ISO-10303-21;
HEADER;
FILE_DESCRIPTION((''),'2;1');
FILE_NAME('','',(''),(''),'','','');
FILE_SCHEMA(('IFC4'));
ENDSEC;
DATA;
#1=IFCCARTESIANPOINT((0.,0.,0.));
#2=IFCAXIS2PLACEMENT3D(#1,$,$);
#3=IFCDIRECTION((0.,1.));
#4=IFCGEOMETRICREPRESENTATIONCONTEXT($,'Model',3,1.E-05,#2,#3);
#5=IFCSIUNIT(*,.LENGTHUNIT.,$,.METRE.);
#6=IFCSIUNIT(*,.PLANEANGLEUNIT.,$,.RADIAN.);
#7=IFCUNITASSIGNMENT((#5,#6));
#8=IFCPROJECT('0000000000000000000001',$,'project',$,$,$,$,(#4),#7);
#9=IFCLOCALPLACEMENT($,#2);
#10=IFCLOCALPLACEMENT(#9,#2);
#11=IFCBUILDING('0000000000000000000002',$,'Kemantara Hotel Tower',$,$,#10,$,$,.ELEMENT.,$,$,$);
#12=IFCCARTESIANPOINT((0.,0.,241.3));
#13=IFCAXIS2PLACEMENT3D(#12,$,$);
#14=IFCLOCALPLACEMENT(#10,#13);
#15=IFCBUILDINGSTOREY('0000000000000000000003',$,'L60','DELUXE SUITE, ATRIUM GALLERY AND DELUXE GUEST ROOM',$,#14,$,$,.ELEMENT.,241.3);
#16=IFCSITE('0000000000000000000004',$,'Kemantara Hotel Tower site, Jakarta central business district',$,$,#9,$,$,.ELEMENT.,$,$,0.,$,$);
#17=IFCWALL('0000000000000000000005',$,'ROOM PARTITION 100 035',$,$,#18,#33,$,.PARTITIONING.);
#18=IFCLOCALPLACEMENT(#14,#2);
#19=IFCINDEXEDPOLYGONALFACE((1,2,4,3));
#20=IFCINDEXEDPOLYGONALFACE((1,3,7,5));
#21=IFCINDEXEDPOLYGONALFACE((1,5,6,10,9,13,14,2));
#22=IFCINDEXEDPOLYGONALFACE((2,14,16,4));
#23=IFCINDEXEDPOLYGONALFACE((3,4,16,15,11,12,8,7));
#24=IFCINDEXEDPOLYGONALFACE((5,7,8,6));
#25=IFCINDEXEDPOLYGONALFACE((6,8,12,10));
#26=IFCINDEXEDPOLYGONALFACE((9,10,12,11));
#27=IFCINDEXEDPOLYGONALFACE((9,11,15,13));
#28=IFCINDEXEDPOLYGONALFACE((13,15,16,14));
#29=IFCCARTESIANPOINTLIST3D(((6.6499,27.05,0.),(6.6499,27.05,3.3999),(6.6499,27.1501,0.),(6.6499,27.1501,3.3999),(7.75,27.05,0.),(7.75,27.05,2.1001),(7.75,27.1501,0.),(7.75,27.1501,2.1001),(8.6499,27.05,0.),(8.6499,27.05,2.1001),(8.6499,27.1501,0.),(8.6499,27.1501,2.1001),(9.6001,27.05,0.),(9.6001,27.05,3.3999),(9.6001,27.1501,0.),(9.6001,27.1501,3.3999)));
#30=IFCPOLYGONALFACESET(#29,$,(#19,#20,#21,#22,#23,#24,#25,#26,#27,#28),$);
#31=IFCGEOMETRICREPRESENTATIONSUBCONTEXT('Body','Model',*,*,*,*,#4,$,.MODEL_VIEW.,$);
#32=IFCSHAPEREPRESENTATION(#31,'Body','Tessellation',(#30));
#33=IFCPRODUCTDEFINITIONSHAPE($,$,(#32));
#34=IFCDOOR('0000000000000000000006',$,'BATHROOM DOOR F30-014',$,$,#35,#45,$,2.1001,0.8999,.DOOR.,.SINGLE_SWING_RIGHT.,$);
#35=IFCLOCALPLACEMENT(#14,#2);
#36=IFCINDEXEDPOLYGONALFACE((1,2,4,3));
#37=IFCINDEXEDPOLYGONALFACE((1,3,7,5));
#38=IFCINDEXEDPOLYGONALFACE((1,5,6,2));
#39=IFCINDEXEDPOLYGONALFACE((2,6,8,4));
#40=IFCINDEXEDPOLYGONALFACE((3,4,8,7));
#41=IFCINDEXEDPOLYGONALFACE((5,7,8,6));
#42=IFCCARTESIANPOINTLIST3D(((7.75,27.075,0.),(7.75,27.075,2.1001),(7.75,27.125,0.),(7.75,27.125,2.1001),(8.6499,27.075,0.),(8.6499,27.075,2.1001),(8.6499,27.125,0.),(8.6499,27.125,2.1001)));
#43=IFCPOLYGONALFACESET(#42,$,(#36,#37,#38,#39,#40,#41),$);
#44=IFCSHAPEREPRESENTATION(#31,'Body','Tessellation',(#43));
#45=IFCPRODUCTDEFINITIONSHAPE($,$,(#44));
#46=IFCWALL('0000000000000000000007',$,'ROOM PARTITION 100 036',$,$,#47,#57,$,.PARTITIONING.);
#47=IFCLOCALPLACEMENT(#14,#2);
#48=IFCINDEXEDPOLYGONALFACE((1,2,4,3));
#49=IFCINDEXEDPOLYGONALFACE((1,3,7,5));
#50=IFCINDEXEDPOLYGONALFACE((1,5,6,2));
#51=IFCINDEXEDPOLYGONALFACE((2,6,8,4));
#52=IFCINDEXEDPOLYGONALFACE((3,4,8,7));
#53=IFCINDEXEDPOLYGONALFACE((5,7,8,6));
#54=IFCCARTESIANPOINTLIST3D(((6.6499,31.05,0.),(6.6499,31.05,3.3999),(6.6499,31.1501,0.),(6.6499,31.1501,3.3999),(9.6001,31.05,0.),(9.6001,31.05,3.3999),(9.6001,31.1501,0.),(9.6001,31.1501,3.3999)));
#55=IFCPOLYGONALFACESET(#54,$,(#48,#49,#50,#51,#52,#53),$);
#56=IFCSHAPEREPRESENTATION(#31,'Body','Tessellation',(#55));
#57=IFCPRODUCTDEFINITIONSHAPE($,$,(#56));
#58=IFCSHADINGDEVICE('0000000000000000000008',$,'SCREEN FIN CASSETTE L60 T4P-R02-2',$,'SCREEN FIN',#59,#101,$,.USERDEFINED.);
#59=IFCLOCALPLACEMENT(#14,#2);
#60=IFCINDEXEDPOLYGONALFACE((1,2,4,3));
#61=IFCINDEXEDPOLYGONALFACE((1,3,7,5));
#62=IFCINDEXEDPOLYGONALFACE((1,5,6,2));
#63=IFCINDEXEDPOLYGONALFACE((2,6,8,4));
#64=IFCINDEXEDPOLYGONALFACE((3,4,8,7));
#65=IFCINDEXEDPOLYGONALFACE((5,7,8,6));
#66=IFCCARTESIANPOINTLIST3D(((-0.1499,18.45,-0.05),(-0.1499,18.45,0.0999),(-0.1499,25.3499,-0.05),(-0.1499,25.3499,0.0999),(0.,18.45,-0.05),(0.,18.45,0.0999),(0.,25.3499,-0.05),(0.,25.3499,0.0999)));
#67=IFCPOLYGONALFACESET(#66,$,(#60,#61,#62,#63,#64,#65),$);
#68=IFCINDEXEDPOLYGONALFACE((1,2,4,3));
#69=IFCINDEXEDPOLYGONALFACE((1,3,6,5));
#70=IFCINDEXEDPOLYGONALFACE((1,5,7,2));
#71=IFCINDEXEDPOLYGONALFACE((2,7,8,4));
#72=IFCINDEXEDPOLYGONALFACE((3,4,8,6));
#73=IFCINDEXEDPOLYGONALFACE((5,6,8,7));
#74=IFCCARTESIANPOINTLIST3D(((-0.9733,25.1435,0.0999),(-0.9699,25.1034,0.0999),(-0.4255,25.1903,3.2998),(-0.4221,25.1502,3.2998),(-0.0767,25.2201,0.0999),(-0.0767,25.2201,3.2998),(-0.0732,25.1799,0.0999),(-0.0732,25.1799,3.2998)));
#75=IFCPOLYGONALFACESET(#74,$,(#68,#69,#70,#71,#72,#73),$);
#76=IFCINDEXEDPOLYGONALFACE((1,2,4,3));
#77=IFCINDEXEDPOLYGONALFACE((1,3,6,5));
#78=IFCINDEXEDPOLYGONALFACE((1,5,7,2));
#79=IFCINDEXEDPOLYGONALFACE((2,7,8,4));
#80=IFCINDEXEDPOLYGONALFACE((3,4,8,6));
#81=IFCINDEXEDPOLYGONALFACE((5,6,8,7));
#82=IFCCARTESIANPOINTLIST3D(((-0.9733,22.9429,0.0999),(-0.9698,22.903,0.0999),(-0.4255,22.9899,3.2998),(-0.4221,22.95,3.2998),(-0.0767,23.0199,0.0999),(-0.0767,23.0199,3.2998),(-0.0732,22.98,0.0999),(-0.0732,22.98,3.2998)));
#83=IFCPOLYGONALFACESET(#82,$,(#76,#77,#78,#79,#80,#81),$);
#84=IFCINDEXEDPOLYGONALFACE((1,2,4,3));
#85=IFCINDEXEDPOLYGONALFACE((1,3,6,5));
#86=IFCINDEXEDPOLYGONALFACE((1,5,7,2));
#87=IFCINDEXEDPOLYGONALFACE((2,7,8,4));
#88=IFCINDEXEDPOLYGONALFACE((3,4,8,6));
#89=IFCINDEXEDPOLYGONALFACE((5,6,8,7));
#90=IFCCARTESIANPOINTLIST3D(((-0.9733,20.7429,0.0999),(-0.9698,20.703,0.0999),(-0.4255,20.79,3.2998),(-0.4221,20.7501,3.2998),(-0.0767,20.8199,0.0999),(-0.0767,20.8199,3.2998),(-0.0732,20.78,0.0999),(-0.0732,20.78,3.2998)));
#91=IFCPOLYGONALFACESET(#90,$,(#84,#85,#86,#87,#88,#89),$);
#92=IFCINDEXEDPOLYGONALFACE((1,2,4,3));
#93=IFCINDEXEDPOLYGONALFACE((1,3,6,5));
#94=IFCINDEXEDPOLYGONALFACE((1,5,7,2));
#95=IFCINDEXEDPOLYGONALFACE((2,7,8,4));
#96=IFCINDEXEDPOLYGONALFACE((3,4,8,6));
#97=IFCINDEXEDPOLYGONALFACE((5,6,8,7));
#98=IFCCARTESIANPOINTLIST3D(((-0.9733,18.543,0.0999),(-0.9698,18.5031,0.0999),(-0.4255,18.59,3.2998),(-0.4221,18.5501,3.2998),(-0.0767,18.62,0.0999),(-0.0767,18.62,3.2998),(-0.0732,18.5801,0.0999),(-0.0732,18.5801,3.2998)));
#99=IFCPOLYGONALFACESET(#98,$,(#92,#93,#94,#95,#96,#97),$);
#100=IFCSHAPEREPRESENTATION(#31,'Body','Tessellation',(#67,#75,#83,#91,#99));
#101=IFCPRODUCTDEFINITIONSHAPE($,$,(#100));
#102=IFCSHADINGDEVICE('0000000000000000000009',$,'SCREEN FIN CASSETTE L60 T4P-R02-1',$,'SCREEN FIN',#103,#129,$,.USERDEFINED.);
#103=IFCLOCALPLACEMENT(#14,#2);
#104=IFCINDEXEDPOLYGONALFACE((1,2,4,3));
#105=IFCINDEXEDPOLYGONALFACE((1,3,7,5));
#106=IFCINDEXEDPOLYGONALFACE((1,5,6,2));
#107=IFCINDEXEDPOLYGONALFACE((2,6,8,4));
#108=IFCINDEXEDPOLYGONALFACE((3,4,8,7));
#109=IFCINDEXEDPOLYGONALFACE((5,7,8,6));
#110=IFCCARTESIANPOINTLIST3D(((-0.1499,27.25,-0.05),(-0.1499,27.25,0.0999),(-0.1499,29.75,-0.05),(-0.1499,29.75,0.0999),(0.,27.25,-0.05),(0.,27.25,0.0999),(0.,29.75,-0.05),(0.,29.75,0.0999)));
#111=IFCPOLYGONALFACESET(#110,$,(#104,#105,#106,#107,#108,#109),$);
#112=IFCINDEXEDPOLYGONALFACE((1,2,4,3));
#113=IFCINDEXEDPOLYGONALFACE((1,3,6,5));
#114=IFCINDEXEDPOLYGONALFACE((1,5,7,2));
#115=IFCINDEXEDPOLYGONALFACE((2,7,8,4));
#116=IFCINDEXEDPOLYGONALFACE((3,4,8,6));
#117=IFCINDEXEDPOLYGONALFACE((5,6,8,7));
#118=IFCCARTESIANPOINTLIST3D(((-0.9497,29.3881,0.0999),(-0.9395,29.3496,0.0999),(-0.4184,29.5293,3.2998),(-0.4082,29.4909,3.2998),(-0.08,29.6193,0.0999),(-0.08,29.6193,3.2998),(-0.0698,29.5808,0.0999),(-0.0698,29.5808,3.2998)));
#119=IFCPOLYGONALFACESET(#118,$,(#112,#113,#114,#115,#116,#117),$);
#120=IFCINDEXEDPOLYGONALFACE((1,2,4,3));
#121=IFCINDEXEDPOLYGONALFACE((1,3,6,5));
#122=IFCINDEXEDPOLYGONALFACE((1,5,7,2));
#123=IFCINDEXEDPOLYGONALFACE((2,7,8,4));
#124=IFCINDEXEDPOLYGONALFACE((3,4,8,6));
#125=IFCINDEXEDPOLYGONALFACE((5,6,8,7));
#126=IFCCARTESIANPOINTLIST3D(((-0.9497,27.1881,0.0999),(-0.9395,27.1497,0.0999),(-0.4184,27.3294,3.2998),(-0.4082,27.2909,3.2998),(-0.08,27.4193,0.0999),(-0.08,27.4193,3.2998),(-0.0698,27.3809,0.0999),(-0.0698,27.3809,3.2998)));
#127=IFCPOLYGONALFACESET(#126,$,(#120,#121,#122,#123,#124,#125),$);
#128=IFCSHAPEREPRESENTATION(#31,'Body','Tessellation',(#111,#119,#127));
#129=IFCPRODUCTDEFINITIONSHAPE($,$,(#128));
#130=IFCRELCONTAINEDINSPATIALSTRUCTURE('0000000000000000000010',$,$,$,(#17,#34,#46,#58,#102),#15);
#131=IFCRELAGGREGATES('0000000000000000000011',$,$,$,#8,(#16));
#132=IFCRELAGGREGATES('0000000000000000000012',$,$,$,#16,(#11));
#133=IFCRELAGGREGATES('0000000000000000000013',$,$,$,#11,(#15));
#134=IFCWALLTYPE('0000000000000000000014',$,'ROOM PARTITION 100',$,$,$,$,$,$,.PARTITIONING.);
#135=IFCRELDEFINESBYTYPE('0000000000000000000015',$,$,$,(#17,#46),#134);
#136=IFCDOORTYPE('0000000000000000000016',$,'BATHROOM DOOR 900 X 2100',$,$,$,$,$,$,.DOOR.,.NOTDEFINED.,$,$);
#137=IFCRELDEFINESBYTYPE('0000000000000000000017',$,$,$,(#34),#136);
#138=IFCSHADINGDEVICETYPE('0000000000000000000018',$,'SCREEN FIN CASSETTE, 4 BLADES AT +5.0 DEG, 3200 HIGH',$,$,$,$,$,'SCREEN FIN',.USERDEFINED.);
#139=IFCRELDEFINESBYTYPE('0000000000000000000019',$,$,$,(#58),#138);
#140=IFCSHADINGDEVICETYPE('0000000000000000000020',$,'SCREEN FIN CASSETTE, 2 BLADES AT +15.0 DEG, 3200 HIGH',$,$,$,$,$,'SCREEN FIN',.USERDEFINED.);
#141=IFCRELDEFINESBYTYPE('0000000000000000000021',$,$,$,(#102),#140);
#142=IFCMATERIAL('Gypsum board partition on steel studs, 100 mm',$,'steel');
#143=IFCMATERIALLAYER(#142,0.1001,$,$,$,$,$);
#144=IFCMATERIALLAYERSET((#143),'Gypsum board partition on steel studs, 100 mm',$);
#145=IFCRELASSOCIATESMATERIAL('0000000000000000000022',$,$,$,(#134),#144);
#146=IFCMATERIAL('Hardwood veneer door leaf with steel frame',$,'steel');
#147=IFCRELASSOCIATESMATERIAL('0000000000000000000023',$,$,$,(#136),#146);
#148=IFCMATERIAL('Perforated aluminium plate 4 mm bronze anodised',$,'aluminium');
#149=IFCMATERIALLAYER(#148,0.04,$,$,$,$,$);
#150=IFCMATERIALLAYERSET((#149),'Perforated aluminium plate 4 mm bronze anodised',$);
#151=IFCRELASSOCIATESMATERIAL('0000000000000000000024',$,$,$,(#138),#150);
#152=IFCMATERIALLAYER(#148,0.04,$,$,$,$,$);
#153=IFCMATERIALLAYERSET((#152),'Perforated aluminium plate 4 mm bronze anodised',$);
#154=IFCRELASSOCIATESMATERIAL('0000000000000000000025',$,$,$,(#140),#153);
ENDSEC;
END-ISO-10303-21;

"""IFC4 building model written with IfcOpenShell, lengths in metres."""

from ifc_helpers import new_model, si_unit, direction, frame, frame_2d, origin, origin_2d, place, context, subcontext, project, spatial, polyline, rectangle, outline, extrude, source, transform, mapped, material, layer, layer_set, type_object, element, fill, save


model = new_model("IFC4")

# Units and contexts
model_context = context("Model", 3, precision=1e-05, world=origin(), true_north=direction((0.0, 1.0)))
body_context = subcontext(model_context, "Body", "Model", "MODEL_VIEW")
ifc_project = project(units=[si_unit("LENGTHUNIT", "METRE"), si_unit("PLANEANGLEUNIT", "RADIAN")], contexts=[model_context])

# Site, building, storey
site_placement = place(None, origin())
site = spatial("IfcSite", under=ifc_project, at=site_placement, Name="Kemantara Hotel Tower site, Jakarta central business district", CompositionType="ELEMENT", RefElevation=0.0)
building_placement = place(site_placement, origin())
building = spatial("IfcBuilding", under=site, at=building_placement, Name="Kemantara Hotel Tower", CompositionType="ELEMENT")
storey_placement = place(building_placement, frame((0.0, 0.0, 241.3)))
storey = spatial("IfcBuildingStorey", under=building, at=storey_placement, Name="L60", Description="DELUXE SUITE, ATRIUM GALLERY AND DELUXE GUEST ROOM", CompositionType="ELEMENT", Elevation=241.3)

# Shared definitions
ifc_material_1 = material(Name="Hardwood veneer door leaf with steel frame", Category="steel")

# Shared definitions
ifc_material_2 = material(Name="Gypsum board partition on steel studs, 100 mm", Category="steel")
ifc_layer_1 = layer(ifc_material_2, 0.1001)
ifc_layer_set_1 = layer_set([ifc_layer_1], Name="Gypsum board partition on steel studs, 100 mm")
wall_type_1 = type_object("IfcWallType", Name="ROOM PARTITION 100", PredefinedType="PARTITIONING", material=ifc_layer_set_1)

# Wall, opening, door
wall_1_placement = place(storey_placement, frame((6.6499, 27.1001, 0.0), z_axis=(0.0, 0.0, 1.0), x_axis=(1.0, 0.0, 0.0)))
wall_1 = element("IfcWall", 1, at=wall_1_placement, inside=storey, type_object=wall_type_1, Name="ROOM PARTITION 100 035", PredefinedType="PARTITIONING", context=body_context, shape_type="SweptSolid", body=[
    extrude(rectangle(XDim=2.9502, YDim=0.1001, at=frame_2d((1.4751, 0.0))), origin(), (0.0, 0.0, 1.0), 3.3999),
])
opening_1_placement = place(wall_1_placement, frame((1.1001, 0.0, 0.0)))
opening_1 = element("IfcOpeningElement", 2, at=opening_1_placement, cuts=wall_1, PredefinedType="OPENING", context=body_context, shape_type="SweptSolid", body=[
    extrude(rectangle(XDim=0.8999, YDim=2.1001, at=frame_2d((0.45, 1.05))), frame((0.0, 0.0601, 0.0), z_axis=(0.0, -1.0, 0.0), x_axis=(1.0, 0.0, 0.0)), (0.0, 0.0, 1.0), 0.1201),
])
door_type_1 = type_object("IfcDoorType", Name="BATHROOM DOOR 900 X 2100", OperationType="NOTDEFINED", PredefinedType="DOOR", material=ifc_material_1)
door_1_placement = place(opening_1_placement, origin())
door_1 = element("IfcDoor", 3, at=door_1_placement, inside=storey, type_object=door_type_1, Name="BATHROOM DOOR F30-014", OperationType="SINGLE_SWING_RIGHT", OverallHeight=2.1001, OverallWidth=0.8999, PredefinedType="DOOR", context=body_context, shape_type="SweptSolid", body=[
    extrude(rectangle(XDim=0.8999, YDim=2.1001, at=frame_2d((0.45, 1.05))), frame((0.0, 0.0249, 0.0), z_axis=(0.0, -1.0, 0.0), x_axis=(1.0, 0.0, 0.0)), (0.0, 0.0, 1.0), 0.05),
])
fill(opening_1, door_1)

# Wall
wall_2_placement = place(storey_placement, frame((6.6499, 31.1001, 0.0), z_axis=(0.0, 0.0, 1.0), x_axis=(1.0, 0.0, 0.0)))
element("IfcWall", 4, at=wall_2_placement, inside=storey, type_object=wall_type_1, Name="ROOM PARTITION 100 036", PredefinedType="PARTITIONING", context=body_context, shape_type="SweptSolid", body=[
    extrude(rectangle(XDim=2.9502, YDim=0.1001, at=frame_2d((1.4751, 0.0))), origin(), (0.0, 0.0, 1.0), 3.3999),
])

# Shading devices
ifc_material_3 = material(Name="Perforated aluminium plate 4 mm bronze anodised", Category="aluminium")
ifc_layer_2 = layer(ifc_material_3, 0.04)
ifc_layer_set_2 = layer_set([ifc_layer_2], Name="Perforated aluminium plate 4 mm bronze anodised")
shading_device_type_1 = type_object("IfcShadingDeviceType", Name="SCREEN FIN CASSETTE, 4 BLADES AT +5.0 DEG, 3200 HIGH", ElementType="SCREEN FIN", PredefinedType="USERDEFINED", material=ifc_layer_set_2)
shared_shape_1 = source(origin(), body_context, "Body", "SweptSolid", [
    extrude(rectangle(XDim=6.8999, YDim=0.1499, at=origin_2d()), frame((3.3, -0.075, -0.1499), z_axis=(0.0, 0.0, 1.0), x_axis=(1.0, 0.0, 0.0)), (0.0, 0.0, 1.0), 0.1499),
    extrude(outline(polyline([(0.0, 0.0), (0.8999, 0.0), (0.3501, 3.2), (0.0, 3.2), (0.0, 0.0)])), frame((0.02, -0.0732, 0.0), z_axis=(-0.996376, -0.085056, 0.0), x_axis=(0.085056, -0.996376, 0.0)), (0.0, 0.0, 1.0), 0.0403),
    extrude(outline(polyline([(0.0, 0.0), (0.8999, 0.0), (0.3501, 3.2), (0.0, 3.2), (0.0, 0.0)])), frame((2.22, -0.0732, 0.0), z_axis=(-0.996332, -0.085575, 0.0), x_axis=(0.085575, -0.996332, 0.0)), (0.0, 0.0, 1.0), 0.04),
    extrude(outline(polyline([(0.0, 0.0), (0.8999, 0.0), (0.3501, 3.2), (0.0, 3.2), (0.0, 0.0)])), frame((4.4199, -0.0732, 0.0), z_axis=(-0.996332, -0.085575, 0.0), x_axis=(0.085575, -0.996332, 0.0)), (0.0, 0.0, 1.0), 0.04),
    extrude(outline(polyline([(0.0, 0.0), (0.8999, 0.0), (0.3501, 3.2), (0.0, 3.2), (0.0, 0.0)])), frame((6.6199, -0.0732, 0.0), z_axis=(-0.996332, -0.085575, 0.0), x_axis=(0.085575, -0.996332, 0.0)), (0.0, 0.0, 1.0), 0.04),
])
shading_device_1_placement = place(storey_placement, frame((0.0, 25.2, 0.0999), z_axis=(0.0, 0.0, 1.0), x_axis=(0.0, -1.0, 0.0)))
element("IfcShadingDevice", 5, at=shading_device_1_placement, inside=storey, type_object=shading_device_type_1, Name="SCREEN FIN CASSETTE L60 T4P-R02-2", ObjectType="SCREEN FIN", PredefinedType="USERDEFINED", context=body_context, shape_type="MappedRepresentation", body=[
    mapped(shared_shape_1, transform((0.0, 0.0, 0.0))),
])
ifc_layer_3 = layer(ifc_material_3, 0.04)
ifc_layer_set_3 = layer_set([ifc_layer_3], Name="Perforated aluminium plate 4 mm bronze anodised")
shading_device_type_2 = type_object("IfcShadingDeviceType", Name="SCREEN FIN CASSETTE, 2 BLADES AT +15.0 DEG, 3200 HIGH", ElementType="SCREEN FIN", PredefinedType="USERDEFINED", material=ifc_layer_set_3)
shared_shape_2 = source(origin(), body_context, "Body", "SweptSolid", [
    extrude(rectangle(XDim=2.5, YDim=0.1499, at=origin_2d()), frame((1.1001, -0.075, -0.1499), z_axis=(0.0, 0.0, 1.0), x_axis=(1.0, 0.0, 0.0)), (0.0, 0.0, 1.0), 0.1499),
    extrude(outline(polyline([(0.0, 0.0), (0.8999, 0.0), (0.3501, 3.2), (0.0, 3.2), (0.0, 0.0)])), frame((0.0193, -0.0698, 0.0), z_axis=(-0.966438, -0.256901, 0.0), x_axis=(0.256901, -0.966438, 0.0)), (0.0, 0.0, 1.0), 0.0398),
    extrude(outline(polyline([(0.0, 0.0), (0.8999, 0.0), (0.3501, 3.2), (0.0, 3.2), (0.0, 0.0)])), frame((2.2192, -0.0698, 0.0), z_axis=(-0.966438, -0.256901, 0.0), x_axis=(0.256901, -0.966438, 0.0)), (0.0, 0.0, 1.0), 0.0398),
])
shading_device_2_placement = place(storey_placement, frame((0.0, 29.6001, 0.0999), z_axis=(0.0, 0.0, 1.0), x_axis=(0.0, -1.0, 0.0)))
element("IfcShadingDevice", 6, at=shading_device_2_placement, inside=storey, type_object=shading_device_type_2, Name="SCREEN FIN CASSETTE L60 T4P-R02-1", ObjectType="SCREEN FIN", PredefinedType="USERDEFINED", context=body_context, shape_type="MappedRepresentation", body=[
    mapped(shared_shape_2, transform((0.0, 0.0, 0.0))),
])

save(model, "model.ifc")
